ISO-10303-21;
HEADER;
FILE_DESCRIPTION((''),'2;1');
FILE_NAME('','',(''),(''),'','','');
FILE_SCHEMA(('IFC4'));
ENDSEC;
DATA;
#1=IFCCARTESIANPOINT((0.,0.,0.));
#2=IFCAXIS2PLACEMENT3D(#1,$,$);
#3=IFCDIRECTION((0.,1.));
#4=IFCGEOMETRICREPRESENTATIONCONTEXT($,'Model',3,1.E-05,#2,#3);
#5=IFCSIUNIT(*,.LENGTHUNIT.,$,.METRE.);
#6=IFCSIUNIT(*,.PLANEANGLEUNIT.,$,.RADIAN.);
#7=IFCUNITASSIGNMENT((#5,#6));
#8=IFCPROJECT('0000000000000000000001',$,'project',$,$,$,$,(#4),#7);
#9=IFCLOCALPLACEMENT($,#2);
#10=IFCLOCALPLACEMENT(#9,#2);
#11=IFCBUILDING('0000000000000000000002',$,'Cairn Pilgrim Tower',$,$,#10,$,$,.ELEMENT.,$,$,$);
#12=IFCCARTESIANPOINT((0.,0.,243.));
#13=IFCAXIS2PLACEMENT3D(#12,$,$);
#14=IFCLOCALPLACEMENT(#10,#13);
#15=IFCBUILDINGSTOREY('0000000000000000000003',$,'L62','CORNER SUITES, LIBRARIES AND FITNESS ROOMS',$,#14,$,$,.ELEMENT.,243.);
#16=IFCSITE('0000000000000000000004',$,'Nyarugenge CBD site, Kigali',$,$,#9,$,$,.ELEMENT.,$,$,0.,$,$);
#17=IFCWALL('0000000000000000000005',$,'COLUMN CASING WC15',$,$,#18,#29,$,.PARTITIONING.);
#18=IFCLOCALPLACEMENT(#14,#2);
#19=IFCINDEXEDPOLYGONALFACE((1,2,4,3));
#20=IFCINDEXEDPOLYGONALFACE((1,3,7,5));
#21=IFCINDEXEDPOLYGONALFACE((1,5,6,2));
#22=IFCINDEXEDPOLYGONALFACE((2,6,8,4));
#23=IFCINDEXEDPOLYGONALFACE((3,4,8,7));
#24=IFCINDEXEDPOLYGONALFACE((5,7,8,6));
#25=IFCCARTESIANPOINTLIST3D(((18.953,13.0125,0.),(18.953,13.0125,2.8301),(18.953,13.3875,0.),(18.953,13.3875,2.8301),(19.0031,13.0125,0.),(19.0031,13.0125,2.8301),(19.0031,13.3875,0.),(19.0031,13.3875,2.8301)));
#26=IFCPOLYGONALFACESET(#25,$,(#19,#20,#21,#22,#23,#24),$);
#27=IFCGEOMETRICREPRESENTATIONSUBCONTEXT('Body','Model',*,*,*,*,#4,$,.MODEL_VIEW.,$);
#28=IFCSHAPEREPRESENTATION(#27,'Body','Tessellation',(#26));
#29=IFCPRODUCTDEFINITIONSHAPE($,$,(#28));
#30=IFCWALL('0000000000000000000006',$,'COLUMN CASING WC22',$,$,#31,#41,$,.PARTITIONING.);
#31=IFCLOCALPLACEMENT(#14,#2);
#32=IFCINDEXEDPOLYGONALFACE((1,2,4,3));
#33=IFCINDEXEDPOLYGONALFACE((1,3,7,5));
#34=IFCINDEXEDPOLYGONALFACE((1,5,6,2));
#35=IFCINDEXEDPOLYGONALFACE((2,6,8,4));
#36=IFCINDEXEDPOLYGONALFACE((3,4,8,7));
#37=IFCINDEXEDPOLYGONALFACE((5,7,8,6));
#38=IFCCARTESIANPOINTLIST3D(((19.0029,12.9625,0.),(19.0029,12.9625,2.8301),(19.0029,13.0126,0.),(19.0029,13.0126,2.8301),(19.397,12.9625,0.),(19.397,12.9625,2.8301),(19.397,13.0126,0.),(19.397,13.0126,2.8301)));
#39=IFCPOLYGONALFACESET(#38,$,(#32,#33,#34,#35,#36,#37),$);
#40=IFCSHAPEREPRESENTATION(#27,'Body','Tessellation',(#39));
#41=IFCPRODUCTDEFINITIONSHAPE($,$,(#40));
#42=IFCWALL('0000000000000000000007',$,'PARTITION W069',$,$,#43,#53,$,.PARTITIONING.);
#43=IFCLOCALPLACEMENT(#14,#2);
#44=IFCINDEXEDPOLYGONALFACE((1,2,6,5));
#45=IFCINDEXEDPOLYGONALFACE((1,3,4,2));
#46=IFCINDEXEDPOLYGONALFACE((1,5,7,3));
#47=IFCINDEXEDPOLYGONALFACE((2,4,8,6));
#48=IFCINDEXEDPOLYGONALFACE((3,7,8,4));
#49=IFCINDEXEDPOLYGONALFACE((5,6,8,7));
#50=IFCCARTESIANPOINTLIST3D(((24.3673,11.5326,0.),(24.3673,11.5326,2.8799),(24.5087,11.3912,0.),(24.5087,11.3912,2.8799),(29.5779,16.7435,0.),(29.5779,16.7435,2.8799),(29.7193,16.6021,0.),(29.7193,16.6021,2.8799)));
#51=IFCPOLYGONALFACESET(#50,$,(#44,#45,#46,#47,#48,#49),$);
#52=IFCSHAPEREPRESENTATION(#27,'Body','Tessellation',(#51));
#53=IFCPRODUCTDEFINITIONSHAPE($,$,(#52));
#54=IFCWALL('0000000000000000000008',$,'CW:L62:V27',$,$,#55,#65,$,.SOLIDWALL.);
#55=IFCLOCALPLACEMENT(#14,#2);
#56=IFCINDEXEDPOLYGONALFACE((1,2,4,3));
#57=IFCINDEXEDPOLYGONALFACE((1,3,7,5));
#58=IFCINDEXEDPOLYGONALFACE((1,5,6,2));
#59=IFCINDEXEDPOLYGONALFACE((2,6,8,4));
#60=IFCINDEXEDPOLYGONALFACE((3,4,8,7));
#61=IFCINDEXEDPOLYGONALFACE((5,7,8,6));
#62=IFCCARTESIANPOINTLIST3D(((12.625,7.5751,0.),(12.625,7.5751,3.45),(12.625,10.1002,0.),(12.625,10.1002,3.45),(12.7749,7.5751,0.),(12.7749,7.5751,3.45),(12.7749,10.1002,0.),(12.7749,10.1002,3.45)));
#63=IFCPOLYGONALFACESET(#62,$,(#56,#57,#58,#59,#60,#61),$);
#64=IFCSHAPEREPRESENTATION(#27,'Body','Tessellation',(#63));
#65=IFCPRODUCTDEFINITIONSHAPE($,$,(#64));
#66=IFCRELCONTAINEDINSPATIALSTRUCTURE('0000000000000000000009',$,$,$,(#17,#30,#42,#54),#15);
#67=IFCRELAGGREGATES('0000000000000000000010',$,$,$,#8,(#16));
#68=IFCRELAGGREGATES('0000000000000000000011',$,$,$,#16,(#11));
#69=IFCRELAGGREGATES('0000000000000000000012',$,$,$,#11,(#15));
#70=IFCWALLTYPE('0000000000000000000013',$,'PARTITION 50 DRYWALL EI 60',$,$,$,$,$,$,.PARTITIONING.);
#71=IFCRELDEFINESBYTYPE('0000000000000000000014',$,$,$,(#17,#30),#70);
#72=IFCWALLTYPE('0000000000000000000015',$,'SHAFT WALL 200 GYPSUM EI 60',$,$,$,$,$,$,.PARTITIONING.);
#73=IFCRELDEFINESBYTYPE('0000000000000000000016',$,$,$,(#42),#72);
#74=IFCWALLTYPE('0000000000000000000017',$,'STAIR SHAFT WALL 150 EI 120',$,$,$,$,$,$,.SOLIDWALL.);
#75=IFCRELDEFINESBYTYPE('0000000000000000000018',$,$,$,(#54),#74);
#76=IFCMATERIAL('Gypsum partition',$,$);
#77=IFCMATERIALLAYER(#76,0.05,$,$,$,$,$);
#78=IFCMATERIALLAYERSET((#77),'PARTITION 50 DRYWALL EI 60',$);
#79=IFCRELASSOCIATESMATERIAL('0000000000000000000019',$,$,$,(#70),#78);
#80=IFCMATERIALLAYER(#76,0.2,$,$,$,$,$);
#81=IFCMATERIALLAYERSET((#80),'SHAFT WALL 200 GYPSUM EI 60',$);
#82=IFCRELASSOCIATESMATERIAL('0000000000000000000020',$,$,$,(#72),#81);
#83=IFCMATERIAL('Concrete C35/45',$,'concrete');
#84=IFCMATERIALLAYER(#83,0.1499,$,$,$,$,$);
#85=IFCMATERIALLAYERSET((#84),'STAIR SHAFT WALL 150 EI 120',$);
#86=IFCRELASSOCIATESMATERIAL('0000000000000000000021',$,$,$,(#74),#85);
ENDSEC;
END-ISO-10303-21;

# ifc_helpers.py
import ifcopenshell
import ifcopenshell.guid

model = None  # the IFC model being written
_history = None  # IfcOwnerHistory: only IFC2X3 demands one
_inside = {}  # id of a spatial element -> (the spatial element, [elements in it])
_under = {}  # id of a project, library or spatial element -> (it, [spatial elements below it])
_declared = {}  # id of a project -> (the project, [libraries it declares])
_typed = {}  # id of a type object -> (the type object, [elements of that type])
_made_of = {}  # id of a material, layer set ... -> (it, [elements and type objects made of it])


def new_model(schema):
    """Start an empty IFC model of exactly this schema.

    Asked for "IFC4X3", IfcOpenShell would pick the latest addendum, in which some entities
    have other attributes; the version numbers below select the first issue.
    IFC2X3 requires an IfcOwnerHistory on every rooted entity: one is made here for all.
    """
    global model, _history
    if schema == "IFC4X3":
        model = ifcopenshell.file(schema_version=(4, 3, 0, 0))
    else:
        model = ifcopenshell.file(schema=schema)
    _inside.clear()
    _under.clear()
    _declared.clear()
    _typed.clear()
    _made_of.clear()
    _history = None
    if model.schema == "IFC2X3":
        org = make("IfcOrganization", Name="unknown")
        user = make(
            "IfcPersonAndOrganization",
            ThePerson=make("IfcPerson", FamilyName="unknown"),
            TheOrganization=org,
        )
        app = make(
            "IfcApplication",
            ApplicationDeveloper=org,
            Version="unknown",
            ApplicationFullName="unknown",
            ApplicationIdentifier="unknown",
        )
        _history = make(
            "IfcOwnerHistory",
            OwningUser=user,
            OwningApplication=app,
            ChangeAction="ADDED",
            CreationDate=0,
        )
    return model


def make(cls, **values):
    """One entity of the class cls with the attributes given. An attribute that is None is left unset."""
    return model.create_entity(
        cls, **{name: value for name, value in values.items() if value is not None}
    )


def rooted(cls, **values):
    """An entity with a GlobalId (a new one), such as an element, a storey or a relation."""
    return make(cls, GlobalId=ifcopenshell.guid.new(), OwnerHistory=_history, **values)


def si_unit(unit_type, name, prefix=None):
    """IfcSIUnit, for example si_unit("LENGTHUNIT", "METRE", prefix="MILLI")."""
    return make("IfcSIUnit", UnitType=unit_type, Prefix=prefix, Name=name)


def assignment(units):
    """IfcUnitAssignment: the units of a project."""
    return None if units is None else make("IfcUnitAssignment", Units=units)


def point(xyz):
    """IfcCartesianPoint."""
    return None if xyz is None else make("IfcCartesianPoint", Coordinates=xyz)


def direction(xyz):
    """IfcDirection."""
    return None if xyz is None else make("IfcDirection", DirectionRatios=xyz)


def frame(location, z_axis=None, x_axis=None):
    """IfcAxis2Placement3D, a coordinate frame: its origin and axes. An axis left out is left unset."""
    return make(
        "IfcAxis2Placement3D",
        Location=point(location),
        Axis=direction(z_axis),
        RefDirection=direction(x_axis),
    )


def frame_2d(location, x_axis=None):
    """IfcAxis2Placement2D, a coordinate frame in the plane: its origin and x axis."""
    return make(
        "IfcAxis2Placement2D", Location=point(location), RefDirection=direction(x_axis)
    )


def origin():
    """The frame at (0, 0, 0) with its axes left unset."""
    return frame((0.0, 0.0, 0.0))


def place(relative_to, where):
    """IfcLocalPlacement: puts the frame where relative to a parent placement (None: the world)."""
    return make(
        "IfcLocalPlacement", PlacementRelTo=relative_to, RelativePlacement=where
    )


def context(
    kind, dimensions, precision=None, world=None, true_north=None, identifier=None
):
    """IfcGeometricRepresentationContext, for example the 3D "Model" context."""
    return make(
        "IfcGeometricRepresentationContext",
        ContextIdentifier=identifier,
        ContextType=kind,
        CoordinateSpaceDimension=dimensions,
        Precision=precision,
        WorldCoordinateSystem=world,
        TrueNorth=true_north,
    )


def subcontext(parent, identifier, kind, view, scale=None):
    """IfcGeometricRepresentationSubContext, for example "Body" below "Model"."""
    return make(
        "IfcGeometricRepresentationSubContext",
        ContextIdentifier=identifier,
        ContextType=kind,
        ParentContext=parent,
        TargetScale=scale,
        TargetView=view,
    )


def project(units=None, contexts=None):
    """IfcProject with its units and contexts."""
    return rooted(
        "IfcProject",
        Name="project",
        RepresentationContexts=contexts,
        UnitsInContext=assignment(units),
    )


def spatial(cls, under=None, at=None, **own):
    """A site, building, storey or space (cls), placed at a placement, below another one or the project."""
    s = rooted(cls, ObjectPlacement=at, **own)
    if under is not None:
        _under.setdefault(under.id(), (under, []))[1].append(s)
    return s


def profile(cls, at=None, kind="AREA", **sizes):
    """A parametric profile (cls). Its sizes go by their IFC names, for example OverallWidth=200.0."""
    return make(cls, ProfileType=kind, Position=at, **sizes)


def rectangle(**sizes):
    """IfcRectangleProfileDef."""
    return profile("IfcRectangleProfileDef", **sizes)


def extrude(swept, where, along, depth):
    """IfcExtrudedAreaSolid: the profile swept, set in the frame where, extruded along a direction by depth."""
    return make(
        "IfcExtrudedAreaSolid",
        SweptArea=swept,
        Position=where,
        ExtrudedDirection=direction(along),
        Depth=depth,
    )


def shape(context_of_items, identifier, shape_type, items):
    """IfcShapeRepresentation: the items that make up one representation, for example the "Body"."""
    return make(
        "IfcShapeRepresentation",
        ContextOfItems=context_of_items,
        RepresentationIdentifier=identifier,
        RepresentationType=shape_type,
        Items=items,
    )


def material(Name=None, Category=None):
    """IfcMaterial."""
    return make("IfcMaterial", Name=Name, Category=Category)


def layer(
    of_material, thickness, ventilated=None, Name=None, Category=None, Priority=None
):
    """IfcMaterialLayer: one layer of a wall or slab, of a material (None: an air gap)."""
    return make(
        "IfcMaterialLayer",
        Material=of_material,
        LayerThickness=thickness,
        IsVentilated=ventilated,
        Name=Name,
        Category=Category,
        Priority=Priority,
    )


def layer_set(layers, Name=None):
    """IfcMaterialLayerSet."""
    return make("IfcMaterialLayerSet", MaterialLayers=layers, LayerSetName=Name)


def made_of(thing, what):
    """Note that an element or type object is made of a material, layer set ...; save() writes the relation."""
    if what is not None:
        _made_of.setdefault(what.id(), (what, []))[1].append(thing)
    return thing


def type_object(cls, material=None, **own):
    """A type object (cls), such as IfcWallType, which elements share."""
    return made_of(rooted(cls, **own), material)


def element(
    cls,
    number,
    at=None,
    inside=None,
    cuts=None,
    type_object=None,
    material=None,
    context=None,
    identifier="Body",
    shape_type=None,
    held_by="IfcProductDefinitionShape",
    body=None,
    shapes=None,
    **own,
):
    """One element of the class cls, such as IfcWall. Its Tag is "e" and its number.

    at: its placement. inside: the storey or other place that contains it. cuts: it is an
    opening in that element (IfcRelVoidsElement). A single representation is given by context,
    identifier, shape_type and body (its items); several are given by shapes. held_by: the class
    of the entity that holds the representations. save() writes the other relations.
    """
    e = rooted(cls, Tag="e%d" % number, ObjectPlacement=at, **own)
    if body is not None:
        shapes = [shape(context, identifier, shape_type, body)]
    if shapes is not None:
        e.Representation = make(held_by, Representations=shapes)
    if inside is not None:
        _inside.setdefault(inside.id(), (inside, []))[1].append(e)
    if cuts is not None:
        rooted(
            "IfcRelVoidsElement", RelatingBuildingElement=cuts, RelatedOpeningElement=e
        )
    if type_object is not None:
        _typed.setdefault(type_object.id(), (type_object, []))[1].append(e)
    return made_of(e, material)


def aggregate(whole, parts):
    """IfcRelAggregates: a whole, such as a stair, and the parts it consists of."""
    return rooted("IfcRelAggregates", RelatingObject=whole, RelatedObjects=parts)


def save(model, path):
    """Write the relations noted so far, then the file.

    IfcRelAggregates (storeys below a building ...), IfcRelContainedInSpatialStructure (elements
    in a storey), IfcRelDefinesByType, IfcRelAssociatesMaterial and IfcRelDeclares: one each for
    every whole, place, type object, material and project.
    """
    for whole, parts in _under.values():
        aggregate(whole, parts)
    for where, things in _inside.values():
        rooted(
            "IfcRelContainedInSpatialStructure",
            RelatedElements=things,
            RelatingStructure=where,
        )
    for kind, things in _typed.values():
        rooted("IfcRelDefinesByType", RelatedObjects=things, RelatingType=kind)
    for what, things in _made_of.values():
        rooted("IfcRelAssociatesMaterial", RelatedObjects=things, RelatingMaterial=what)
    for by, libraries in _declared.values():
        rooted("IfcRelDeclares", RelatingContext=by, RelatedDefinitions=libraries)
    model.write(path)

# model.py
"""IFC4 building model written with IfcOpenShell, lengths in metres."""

from ifc_helpers import new_model, si_unit, direction, frame, frame_2d, origin, place, context, subcontext, project, spatial, rectangle, extrude, material, layer, layer_set, type_object, element, save


model = new_model("IFC4")

# Units and contexts
model_context = context("Model", 3, precision=1e-05, world=origin(), true_north=direction((0.0, 1.0)))
body_context = subcontext(model_context, "Body", "Model", "MODEL_VIEW")
ifc_project = project(units=[si_unit("LENGTHUNIT", "METRE"), si_unit("PLANEANGLEUNIT", "RADIAN")], contexts=[model_context])

# Site, building, storey
site_placement = place(None, origin())
site = spatial("IfcSite", under=ifc_project, at=site_placement, Name="Nyarugenge CBD site, Kigali", CompositionType="ELEMENT", RefElevation=0.0)
building_placement = place(site_placement, origin())
building = spatial("IfcBuilding", under=site, at=building_placement, Name="Cairn Pilgrim Tower", CompositionType="ELEMENT")
storey_placement = place(building_placement, frame((0.0, 0.0, 243.0)))
storey = spatial("IfcBuildingStorey", under=building, at=storey_placement, Name="L62", Description="CORNER SUITES, LIBRARIES AND FITNESS ROOMS", CompositionType="ELEMENT", Elevation=243.0)

# Shared definitions
ifc_material_1 = material(Name="Gypsum partition")

# Walls
ifc_layer_1 = layer(ifc_material_1, 0.05)
ifc_layer_set_1 = layer_set([ifc_layer_1], Name="PARTITION 50 DRYWALL EI 60")
wall_type_1 = type_object("IfcWallType", Name="PARTITION 50 DRYWALL EI 60", PredefinedType="PARTITIONING", material=ifc_layer_set_1)
wall_1_placement = place(storey_placement, frame((18.978, 13.0125, 0.0), z_axis=(0.0, 0.0, 1.0), x_axis=(0.0, 1.0, 0.0)))
element("IfcWall", 1, at=wall_1_placement, inside=storey, type_object=wall_type_1, Name="COLUMN CASING WC15", PredefinedType="PARTITIONING", context=body_context, shape_type="SweptSolid", body=[
    extrude(rectangle(XDim=0.375, YDim=0.05, at=frame_2d((0.1875, 0.0))), origin(), (0.0, 0.0, 1.0), 2.8301),
])
wall_2_placement = place(storey_placement, frame((19.0029, 12.9875, 0.0), z_axis=(0.0, 0.0, 1.0), x_axis=(1.0, 0.0, 0.0)))
element("IfcWall", 2, at=wall_2_placement, inside=storey, type_object=wall_type_1, Name="COLUMN CASING WC22", PredefinedType="PARTITIONING", context=body_context, shape_type="SweptSolid", body=[
    extrude(rectangle(XDim=0.394, YDim=0.05, at=frame_2d((0.197, 0.0))), origin(), (0.0, 0.0, 1.0), 2.8301),
])
ifc_layer_2 = layer(ifc_material_1, 0.2)
ifc_layer_set_2 = layer_set([ifc_layer_2], Name="SHAFT WALL 200 GYPSUM EI 60")
wall_type_2 = type_object("IfcWallType", Name="SHAFT WALL 200 GYPSUM EI 60", PredefinedType="PARTITIONING", material=ifc_layer_set_2)
wall_3_placement = place(storey_placement, frame((24.438, 11.4619, 0.0), z_axis=(0.0, 0.0, 1.0), x_axis=(0.70709, 0.707123, 0.0)))
element("IfcWall", 3, at=wall_3_placement, inside=storey, type_object=wall_type_2, Name="PARTITION W069", PredefinedType="PARTITIONING", context=body_context, shape_type="SweptSolid", body=[
    extrude(rectangle(XDim=7.3691, YDim=0.2, at=frame_2d((3.6846, 0.0))), origin(), (0.0, 0.0, 1.0), 2.8799),
])
ifc_material_2 = material(Name="Concrete C35/45", Category="concrete")
ifc_layer_3 = layer(ifc_material_2, 0.1499)
ifc_layer_set_3 = layer_set([ifc_layer_3], Name="STAIR SHAFT WALL 150 EI 120")
wall_type_3 = type_object("IfcWallType", Name="STAIR SHAFT WALL 150 EI 120", PredefinedType="SOLIDWALL", material=ifc_layer_set_3)
wall_4_placement = place(storey_placement, frame((12.7, 7.575, 0.0), z_axis=(0.0, 0.0, 1.0), x_axis=(0.0, 1.0, 0.0)))
element("IfcWall", 4, at=wall_4_placement, inside=storey, type_object=wall_type_3, Name="CW:L62:V27", PredefinedType="SOLIDWALL", context=body_context, shape_type="SweptSolid", body=[
    extrude(rectangle(XDim=2.5251, YDim=0.1499, at=frame_2d((1.2627, 0.0))), origin(), (0.0, 0.0, 1.0), 3.45),
])

save(model, "model.ifc")
